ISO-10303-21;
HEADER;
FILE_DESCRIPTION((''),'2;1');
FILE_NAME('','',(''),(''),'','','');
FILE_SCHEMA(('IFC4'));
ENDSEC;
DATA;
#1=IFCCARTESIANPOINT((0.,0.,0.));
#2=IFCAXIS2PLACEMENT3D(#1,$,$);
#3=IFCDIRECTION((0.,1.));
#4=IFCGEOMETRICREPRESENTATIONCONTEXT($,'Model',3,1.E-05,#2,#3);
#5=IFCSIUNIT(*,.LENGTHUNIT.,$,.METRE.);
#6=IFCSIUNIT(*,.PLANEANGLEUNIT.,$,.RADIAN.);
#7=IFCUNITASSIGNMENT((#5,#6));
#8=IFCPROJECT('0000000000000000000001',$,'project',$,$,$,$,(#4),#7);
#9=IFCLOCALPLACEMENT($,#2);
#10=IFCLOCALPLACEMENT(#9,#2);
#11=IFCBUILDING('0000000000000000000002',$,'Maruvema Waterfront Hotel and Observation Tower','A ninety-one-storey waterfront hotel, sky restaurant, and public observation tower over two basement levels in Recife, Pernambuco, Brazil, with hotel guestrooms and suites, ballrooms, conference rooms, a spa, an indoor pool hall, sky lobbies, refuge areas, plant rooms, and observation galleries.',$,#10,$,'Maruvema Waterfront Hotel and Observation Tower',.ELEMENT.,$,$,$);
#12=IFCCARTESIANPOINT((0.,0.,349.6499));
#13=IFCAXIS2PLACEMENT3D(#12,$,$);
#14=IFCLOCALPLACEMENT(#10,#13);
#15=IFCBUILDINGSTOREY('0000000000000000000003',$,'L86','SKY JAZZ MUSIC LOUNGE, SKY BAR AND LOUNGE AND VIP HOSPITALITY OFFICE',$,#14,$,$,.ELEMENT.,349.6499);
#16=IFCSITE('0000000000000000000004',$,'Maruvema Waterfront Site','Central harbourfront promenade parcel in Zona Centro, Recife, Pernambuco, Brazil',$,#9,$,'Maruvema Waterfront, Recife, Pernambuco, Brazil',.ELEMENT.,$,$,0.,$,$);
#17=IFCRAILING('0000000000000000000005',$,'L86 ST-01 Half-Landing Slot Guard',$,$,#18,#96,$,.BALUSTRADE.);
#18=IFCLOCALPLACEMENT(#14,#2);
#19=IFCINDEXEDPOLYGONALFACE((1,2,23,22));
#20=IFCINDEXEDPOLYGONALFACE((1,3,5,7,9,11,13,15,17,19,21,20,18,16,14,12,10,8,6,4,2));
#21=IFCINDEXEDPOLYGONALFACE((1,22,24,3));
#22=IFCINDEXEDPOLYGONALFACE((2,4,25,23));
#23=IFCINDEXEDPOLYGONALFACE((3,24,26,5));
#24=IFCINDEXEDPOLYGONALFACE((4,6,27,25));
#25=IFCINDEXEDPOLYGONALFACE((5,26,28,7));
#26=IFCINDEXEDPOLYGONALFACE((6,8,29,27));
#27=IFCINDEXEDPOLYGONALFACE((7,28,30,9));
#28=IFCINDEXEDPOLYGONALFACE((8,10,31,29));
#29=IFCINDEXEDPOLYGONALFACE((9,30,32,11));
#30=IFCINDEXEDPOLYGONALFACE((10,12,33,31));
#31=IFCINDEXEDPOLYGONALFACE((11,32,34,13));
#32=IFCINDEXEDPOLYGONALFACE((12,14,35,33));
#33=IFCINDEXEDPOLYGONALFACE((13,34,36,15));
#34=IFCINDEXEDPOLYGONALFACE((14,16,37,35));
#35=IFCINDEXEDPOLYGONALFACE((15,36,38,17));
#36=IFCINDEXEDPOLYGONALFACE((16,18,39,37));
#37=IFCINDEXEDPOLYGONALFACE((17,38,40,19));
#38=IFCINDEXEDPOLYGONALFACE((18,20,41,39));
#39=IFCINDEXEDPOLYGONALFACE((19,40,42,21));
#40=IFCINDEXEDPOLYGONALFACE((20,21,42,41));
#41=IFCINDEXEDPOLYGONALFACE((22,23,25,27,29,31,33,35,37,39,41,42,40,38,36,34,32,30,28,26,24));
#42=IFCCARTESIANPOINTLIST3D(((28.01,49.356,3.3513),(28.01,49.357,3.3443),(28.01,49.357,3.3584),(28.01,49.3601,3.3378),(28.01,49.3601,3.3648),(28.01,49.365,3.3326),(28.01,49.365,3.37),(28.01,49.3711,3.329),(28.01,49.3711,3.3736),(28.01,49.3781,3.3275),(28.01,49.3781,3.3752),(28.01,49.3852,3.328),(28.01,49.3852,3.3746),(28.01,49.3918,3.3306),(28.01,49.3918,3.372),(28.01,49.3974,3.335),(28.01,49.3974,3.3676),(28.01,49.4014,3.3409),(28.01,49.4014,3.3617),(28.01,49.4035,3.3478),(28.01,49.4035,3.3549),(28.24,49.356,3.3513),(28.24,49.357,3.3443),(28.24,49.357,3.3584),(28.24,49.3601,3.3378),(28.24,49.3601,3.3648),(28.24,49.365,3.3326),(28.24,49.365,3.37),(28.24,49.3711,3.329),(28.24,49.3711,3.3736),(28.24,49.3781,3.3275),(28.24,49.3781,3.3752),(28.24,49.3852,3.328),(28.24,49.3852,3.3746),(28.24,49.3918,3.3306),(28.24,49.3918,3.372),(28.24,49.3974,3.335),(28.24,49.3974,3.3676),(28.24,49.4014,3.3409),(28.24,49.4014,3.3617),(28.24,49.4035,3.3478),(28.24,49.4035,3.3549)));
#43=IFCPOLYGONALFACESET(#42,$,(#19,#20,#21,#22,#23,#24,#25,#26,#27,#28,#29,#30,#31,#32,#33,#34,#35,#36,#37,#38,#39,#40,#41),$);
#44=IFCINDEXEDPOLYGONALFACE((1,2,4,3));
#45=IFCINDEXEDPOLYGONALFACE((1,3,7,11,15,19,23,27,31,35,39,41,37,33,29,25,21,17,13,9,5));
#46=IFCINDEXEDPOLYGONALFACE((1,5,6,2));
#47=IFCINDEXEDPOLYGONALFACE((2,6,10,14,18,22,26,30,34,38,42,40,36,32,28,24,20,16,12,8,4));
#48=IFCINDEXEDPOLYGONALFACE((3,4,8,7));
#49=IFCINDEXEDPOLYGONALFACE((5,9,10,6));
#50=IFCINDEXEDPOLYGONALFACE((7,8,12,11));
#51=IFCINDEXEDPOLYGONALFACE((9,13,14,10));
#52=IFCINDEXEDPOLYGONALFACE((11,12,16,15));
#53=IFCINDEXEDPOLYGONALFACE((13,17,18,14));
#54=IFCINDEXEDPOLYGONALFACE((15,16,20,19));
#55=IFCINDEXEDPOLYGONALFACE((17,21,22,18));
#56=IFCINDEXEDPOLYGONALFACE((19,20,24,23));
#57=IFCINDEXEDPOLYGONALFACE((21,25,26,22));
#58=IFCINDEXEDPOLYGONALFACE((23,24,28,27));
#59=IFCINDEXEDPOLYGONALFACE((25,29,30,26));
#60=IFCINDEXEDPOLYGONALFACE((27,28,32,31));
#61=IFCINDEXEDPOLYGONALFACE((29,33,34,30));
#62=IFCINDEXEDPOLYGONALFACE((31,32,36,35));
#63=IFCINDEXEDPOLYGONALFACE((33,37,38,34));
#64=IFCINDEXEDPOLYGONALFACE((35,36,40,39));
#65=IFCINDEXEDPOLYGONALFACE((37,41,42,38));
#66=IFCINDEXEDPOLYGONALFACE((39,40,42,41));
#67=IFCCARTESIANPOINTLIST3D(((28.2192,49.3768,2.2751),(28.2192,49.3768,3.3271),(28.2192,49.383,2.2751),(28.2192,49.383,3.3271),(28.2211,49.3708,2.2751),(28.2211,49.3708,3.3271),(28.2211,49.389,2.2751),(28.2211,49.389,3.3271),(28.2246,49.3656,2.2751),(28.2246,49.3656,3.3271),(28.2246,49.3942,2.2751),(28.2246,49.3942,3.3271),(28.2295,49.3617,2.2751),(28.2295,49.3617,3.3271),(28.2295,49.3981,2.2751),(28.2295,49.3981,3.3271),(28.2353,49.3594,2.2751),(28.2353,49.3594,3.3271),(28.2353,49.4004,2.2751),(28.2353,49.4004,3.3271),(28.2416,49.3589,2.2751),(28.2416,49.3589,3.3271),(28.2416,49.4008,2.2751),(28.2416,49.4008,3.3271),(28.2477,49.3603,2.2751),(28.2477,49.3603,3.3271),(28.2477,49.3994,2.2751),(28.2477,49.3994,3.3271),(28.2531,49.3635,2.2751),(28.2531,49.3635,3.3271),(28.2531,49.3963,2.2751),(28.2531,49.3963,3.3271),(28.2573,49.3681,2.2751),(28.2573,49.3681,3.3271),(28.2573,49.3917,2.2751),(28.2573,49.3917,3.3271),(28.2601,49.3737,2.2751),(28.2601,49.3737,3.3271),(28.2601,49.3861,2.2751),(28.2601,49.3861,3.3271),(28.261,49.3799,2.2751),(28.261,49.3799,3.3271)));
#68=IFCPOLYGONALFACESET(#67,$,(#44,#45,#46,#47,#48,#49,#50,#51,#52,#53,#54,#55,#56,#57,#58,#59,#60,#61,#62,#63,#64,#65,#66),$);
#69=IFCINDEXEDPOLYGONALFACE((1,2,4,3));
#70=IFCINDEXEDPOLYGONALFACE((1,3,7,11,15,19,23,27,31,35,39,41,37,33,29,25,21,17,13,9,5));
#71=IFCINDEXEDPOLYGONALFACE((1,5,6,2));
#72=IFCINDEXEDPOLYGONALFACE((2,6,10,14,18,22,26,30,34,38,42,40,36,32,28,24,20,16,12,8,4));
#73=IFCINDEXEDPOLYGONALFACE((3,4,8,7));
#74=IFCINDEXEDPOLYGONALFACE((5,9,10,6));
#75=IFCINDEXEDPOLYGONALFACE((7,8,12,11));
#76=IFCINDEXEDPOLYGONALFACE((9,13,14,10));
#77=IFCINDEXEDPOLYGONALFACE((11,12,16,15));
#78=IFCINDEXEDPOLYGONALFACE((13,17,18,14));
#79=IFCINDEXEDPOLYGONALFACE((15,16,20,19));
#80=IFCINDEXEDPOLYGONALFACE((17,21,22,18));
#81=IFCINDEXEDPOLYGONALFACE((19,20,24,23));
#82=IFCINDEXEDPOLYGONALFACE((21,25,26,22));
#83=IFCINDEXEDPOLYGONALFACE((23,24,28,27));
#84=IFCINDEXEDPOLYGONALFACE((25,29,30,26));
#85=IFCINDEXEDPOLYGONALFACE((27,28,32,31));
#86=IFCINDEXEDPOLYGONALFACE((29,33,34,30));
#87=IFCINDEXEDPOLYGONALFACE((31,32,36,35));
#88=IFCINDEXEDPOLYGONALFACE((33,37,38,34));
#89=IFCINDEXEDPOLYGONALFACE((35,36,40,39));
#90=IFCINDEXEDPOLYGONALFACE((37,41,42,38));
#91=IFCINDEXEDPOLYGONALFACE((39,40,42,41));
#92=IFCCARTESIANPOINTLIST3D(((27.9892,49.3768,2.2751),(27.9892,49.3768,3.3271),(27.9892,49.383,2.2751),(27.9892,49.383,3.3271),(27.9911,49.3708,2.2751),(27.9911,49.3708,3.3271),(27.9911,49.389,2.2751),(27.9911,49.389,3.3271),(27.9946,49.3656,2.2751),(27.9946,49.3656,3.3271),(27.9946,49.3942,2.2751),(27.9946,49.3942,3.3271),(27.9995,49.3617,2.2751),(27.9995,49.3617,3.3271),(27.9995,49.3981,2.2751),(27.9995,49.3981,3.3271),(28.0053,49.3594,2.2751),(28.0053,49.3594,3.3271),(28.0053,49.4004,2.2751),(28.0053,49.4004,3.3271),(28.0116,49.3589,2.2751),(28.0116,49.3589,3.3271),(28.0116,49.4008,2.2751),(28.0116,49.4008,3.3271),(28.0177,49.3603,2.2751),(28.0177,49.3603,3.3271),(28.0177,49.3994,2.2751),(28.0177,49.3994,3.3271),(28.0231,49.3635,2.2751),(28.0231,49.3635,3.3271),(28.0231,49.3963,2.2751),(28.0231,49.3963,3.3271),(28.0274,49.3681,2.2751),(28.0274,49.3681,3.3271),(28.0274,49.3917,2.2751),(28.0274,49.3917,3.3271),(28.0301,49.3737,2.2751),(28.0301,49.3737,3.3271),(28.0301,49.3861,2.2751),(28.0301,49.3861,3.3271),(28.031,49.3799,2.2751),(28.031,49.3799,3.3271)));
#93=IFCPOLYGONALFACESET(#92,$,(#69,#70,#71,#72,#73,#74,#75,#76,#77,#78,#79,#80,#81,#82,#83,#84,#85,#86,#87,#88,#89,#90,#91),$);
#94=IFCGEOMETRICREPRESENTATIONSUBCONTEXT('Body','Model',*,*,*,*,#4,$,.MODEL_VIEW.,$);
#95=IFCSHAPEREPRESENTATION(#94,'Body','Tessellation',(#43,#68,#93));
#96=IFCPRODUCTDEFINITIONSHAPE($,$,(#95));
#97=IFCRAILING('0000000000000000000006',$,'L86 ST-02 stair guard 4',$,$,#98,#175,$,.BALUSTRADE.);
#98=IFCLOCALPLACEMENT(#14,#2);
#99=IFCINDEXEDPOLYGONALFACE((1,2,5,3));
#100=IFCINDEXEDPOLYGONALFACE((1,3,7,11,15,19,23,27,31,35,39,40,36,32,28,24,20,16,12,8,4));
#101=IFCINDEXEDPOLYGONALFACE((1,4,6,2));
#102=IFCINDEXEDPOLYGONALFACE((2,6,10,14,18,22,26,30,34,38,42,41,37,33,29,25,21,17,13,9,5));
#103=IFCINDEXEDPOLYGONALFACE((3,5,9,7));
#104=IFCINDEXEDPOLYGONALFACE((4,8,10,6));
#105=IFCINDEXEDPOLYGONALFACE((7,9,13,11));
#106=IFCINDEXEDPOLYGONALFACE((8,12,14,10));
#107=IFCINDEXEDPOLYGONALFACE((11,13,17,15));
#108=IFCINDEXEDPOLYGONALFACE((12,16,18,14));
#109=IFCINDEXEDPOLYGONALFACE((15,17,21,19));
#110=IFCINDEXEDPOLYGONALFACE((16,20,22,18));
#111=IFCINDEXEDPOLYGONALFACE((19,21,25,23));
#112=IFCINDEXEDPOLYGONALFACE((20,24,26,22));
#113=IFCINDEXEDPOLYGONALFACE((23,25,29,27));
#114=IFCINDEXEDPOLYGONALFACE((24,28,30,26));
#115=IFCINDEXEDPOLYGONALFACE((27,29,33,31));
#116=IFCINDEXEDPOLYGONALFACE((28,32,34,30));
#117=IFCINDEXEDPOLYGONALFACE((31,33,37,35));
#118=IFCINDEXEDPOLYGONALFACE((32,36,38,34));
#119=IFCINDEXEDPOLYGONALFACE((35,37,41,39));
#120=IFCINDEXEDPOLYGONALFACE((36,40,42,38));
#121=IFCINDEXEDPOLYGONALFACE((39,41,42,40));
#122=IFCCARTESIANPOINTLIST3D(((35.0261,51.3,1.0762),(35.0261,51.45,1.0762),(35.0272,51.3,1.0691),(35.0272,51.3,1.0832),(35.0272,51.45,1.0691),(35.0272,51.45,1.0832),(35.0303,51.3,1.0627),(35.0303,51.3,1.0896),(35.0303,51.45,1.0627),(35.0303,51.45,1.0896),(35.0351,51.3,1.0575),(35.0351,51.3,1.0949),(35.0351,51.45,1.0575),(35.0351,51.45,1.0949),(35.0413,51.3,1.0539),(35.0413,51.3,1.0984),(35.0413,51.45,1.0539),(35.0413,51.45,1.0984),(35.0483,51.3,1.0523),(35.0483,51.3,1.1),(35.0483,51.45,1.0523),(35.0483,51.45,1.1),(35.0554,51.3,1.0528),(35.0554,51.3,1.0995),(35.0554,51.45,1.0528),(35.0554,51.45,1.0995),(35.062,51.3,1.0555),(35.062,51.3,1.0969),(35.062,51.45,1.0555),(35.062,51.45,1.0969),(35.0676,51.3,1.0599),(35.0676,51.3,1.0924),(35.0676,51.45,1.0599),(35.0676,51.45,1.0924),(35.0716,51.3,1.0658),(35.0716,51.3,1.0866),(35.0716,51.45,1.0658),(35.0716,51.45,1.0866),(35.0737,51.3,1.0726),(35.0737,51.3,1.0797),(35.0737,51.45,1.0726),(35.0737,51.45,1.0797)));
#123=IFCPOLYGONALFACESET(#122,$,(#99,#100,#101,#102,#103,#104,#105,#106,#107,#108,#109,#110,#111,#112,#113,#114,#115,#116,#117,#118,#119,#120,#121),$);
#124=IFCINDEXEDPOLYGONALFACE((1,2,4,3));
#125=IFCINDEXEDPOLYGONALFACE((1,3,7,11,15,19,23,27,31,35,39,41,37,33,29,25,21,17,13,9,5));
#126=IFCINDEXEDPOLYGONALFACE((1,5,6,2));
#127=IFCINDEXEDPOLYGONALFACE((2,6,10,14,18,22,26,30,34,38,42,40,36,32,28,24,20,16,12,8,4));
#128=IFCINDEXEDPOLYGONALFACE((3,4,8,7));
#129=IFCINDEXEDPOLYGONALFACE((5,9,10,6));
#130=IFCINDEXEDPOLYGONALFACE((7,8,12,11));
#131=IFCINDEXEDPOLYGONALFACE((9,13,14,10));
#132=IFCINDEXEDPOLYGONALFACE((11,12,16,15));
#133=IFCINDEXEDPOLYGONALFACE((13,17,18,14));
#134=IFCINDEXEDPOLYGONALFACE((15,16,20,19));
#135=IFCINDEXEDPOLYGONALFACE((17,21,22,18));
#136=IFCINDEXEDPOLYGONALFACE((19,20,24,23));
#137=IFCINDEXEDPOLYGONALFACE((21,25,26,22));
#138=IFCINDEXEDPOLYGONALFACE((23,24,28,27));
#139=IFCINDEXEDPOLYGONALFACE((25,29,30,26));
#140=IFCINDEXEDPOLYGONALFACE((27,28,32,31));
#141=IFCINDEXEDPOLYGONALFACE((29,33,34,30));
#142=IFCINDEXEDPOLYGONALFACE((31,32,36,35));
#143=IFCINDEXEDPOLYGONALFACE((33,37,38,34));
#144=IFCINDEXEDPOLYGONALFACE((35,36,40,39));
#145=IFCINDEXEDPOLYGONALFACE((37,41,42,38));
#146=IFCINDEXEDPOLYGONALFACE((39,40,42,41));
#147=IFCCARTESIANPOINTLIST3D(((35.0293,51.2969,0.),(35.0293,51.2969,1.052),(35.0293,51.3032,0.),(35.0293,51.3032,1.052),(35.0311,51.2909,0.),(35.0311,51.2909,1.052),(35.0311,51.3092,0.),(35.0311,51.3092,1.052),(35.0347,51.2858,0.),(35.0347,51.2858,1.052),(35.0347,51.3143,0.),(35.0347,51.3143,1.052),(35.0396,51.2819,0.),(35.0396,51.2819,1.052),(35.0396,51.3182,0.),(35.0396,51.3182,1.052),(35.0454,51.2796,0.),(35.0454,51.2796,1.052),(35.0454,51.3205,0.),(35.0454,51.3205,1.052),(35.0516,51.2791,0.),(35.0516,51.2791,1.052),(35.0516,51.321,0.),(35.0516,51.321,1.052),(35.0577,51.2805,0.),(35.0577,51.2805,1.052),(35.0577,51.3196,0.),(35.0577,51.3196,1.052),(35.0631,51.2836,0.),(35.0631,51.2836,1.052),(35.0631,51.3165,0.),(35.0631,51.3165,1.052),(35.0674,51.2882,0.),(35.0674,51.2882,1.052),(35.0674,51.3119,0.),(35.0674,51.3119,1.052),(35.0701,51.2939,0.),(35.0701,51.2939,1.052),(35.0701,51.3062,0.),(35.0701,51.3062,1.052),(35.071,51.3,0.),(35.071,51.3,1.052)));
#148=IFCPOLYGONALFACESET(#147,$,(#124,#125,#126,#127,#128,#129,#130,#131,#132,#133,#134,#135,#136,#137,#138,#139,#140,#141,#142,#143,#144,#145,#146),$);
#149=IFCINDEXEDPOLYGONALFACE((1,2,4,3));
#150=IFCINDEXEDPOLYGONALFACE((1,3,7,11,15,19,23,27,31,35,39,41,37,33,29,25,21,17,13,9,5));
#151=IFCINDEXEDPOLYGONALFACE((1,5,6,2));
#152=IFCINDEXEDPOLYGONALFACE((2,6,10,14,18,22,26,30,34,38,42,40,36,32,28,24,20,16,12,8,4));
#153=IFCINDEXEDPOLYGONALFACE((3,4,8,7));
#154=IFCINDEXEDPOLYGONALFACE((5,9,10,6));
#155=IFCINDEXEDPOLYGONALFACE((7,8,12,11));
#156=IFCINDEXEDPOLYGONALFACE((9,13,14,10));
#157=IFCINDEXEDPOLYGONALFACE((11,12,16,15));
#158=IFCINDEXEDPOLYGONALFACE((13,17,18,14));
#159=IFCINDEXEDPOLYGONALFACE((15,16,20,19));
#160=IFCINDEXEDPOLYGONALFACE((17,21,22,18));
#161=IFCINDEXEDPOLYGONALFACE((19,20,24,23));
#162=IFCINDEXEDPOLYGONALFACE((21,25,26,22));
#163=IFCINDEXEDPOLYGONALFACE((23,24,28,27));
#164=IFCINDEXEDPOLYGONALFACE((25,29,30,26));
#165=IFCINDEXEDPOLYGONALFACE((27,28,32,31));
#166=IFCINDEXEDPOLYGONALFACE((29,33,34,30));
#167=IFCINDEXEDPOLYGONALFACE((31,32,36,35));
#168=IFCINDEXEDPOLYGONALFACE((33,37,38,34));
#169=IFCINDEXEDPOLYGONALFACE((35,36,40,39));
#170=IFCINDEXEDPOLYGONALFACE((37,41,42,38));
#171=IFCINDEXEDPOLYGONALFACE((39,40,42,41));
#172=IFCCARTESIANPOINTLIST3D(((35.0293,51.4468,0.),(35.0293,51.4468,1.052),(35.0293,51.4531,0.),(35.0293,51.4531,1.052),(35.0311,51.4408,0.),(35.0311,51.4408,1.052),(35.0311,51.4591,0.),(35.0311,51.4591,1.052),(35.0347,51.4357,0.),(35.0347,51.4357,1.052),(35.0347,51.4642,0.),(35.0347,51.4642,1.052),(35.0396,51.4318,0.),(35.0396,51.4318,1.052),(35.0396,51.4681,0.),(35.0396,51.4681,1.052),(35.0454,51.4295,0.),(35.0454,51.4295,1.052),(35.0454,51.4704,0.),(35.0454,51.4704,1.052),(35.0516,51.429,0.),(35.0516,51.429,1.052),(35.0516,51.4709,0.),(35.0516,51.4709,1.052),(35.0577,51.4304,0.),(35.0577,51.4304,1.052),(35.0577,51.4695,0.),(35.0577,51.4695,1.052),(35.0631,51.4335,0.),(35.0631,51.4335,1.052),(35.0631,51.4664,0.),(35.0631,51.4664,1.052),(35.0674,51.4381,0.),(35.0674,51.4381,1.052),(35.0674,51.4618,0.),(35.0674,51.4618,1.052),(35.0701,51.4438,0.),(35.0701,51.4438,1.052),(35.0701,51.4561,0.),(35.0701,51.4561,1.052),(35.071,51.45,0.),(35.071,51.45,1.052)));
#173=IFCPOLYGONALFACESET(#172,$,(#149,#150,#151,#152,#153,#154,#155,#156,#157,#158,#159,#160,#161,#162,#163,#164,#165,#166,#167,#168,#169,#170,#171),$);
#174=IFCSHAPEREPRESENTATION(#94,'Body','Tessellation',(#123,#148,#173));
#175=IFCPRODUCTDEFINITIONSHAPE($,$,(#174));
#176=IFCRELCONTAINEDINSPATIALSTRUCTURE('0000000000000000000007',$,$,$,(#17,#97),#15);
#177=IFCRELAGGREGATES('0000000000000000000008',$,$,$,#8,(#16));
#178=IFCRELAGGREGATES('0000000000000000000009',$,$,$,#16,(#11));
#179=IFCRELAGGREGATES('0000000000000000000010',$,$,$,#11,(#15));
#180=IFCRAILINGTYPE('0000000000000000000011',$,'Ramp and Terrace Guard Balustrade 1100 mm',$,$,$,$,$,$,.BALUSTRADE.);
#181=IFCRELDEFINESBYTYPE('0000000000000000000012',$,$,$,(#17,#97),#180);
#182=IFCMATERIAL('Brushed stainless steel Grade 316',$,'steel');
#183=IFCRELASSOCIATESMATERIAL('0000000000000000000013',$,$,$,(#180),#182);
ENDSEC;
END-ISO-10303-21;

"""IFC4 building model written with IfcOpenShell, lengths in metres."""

from ifc_helpers import new_model, si_unit, direction, frame, origin, origin_2d, place, context, subcontext, project, spatial, circle, extrude, material, type_object, element, save


model = new_model("IFC4")

# Units and contexts
model_context = context("Model", 3, precision=1e-05, world=origin(), true_north=direction((0.0, 1.0)))
body_context = subcontext(model_context, "Body", "Model", "MODEL_VIEW")
ifc_project = project(units=[si_unit("LENGTHUNIT", "METRE"), si_unit("PLANEANGLEUNIT", "RADIAN")], contexts=[model_context])

# Site, building, storey
site_placement = place(None, origin())
site = spatial("IfcSite", under=ifc_project, at=site_placement, Name="Maruvema Waterfront Site", Description="Central harbourfront promenade parcel in Zona Centro, Recife, Pernambuco, Brazil", LongName="Maruvema Waterfront, Recife, Pernambuco, Brazil", CompositionType="ELEMENT", RefElevation=0.0)
building_placement = place(site_placement, origin())
building = spatial("IfcBuilding", under=site, at=building_placement, Name="Maruvema Waterfront Hotel and Observation Tower", Description="A ninety-one-storey waterfront hotel, sky restaurant, and public observation tower over two basement levels in Recife, Pernambuco, Brazil, with hotel guestrooms and suites, ballrooms, conference rooms, a spa, an indoor pool hall, sky lobbies, refuge areas, plant rooms, and observation galleries.", LongName="Maruvema Waterfront Hotel and Observation Tower", CompositionType="ELEMENT")
storey_placement = place(building_placement, frame((0.0, 0.0, 349.6499)))
storey = spatial("IfcBuildingStorey", under=building, at=storey_placement, Name="L86", Description="SKY JAZZ MUSIC LOUNGE, SKY BAR AND LOUNGE AND VIP HOSPITALITY OFFICE", CompositionType="ELEMENT", Elevation=349.6499)

# Railings
ifc_material_1 = material(Name="Brushed stainless steel Grade 316", Category="steel")
railing_type_1 = type_object("IfcRailingType", Name="Ramp and Terrace Guard Balustrade 1100 mm", PredefinedType="BALUSTRADE", material=ifc_material_1)
railing_1_placement = place(storey_placement, frame((28.24, 49.3799, 2.2751)))
element("IfcRailing", 1, at=railing_1_placement, inside=storey, type_object=railing_type_1, Name="L86 ST-01 Half-Landing Slot Guard", PredefinedType="BALUSTRADE", context=body_context, shape_type="SweptSolid", body=[
    extrude(circle(Radius=0.0239, at=origin_2d()), frame((0.0, 0.0, 1.0762), z_axis=(-1.0, 0.0, 0.0), x_axis=(0.0, -1.0, 0.0)), (0.0, 0.0, 1.0), 0.23),
    extrude(circle(Radius=0.021, at=origin_2d()), origin(), (0.0, 0.0, 1.0), 1.052),
    extrude(circle(Radius=0.021, at=origin_2d()), frame((-0.23, 0.0, 0.0)), (0.0, 0.0, 1.0), 1.052),
])
railing_2_placement = place(storey_placement, frame((35.05, 51.3, 0.0)))
element("IfcRailing", 2, at=railing_2_placement, inside=storey, type_object=railing_type_1, Name="L86 ST-02 stair guard 4", PredefinedType="BALUSTRADE", context=body_context, shape_type="SweptSolid", body=[
    extrude(circle(Radius=0.0239, at=origin_2d()), frame((0.0, 0.0, 1.0762), z_axis=(0.0, 1.0, 0.0), x_axis=(-1.0, 0.0, 0.0)), (0.0, 0.0, 1.0), 0.1499),
    extrude(circle(Radius=0.021, at=origin_2d()), origin(), (0.0, 0.0, 1.0), 1.052),
    extrude(circle(Radius=0.021, at=origin_2d()), frame((0.0, 0.1499, 0.0)), (0.0, 0.0, 1.0), 1.052),
])

save(model, "model.ifc")
